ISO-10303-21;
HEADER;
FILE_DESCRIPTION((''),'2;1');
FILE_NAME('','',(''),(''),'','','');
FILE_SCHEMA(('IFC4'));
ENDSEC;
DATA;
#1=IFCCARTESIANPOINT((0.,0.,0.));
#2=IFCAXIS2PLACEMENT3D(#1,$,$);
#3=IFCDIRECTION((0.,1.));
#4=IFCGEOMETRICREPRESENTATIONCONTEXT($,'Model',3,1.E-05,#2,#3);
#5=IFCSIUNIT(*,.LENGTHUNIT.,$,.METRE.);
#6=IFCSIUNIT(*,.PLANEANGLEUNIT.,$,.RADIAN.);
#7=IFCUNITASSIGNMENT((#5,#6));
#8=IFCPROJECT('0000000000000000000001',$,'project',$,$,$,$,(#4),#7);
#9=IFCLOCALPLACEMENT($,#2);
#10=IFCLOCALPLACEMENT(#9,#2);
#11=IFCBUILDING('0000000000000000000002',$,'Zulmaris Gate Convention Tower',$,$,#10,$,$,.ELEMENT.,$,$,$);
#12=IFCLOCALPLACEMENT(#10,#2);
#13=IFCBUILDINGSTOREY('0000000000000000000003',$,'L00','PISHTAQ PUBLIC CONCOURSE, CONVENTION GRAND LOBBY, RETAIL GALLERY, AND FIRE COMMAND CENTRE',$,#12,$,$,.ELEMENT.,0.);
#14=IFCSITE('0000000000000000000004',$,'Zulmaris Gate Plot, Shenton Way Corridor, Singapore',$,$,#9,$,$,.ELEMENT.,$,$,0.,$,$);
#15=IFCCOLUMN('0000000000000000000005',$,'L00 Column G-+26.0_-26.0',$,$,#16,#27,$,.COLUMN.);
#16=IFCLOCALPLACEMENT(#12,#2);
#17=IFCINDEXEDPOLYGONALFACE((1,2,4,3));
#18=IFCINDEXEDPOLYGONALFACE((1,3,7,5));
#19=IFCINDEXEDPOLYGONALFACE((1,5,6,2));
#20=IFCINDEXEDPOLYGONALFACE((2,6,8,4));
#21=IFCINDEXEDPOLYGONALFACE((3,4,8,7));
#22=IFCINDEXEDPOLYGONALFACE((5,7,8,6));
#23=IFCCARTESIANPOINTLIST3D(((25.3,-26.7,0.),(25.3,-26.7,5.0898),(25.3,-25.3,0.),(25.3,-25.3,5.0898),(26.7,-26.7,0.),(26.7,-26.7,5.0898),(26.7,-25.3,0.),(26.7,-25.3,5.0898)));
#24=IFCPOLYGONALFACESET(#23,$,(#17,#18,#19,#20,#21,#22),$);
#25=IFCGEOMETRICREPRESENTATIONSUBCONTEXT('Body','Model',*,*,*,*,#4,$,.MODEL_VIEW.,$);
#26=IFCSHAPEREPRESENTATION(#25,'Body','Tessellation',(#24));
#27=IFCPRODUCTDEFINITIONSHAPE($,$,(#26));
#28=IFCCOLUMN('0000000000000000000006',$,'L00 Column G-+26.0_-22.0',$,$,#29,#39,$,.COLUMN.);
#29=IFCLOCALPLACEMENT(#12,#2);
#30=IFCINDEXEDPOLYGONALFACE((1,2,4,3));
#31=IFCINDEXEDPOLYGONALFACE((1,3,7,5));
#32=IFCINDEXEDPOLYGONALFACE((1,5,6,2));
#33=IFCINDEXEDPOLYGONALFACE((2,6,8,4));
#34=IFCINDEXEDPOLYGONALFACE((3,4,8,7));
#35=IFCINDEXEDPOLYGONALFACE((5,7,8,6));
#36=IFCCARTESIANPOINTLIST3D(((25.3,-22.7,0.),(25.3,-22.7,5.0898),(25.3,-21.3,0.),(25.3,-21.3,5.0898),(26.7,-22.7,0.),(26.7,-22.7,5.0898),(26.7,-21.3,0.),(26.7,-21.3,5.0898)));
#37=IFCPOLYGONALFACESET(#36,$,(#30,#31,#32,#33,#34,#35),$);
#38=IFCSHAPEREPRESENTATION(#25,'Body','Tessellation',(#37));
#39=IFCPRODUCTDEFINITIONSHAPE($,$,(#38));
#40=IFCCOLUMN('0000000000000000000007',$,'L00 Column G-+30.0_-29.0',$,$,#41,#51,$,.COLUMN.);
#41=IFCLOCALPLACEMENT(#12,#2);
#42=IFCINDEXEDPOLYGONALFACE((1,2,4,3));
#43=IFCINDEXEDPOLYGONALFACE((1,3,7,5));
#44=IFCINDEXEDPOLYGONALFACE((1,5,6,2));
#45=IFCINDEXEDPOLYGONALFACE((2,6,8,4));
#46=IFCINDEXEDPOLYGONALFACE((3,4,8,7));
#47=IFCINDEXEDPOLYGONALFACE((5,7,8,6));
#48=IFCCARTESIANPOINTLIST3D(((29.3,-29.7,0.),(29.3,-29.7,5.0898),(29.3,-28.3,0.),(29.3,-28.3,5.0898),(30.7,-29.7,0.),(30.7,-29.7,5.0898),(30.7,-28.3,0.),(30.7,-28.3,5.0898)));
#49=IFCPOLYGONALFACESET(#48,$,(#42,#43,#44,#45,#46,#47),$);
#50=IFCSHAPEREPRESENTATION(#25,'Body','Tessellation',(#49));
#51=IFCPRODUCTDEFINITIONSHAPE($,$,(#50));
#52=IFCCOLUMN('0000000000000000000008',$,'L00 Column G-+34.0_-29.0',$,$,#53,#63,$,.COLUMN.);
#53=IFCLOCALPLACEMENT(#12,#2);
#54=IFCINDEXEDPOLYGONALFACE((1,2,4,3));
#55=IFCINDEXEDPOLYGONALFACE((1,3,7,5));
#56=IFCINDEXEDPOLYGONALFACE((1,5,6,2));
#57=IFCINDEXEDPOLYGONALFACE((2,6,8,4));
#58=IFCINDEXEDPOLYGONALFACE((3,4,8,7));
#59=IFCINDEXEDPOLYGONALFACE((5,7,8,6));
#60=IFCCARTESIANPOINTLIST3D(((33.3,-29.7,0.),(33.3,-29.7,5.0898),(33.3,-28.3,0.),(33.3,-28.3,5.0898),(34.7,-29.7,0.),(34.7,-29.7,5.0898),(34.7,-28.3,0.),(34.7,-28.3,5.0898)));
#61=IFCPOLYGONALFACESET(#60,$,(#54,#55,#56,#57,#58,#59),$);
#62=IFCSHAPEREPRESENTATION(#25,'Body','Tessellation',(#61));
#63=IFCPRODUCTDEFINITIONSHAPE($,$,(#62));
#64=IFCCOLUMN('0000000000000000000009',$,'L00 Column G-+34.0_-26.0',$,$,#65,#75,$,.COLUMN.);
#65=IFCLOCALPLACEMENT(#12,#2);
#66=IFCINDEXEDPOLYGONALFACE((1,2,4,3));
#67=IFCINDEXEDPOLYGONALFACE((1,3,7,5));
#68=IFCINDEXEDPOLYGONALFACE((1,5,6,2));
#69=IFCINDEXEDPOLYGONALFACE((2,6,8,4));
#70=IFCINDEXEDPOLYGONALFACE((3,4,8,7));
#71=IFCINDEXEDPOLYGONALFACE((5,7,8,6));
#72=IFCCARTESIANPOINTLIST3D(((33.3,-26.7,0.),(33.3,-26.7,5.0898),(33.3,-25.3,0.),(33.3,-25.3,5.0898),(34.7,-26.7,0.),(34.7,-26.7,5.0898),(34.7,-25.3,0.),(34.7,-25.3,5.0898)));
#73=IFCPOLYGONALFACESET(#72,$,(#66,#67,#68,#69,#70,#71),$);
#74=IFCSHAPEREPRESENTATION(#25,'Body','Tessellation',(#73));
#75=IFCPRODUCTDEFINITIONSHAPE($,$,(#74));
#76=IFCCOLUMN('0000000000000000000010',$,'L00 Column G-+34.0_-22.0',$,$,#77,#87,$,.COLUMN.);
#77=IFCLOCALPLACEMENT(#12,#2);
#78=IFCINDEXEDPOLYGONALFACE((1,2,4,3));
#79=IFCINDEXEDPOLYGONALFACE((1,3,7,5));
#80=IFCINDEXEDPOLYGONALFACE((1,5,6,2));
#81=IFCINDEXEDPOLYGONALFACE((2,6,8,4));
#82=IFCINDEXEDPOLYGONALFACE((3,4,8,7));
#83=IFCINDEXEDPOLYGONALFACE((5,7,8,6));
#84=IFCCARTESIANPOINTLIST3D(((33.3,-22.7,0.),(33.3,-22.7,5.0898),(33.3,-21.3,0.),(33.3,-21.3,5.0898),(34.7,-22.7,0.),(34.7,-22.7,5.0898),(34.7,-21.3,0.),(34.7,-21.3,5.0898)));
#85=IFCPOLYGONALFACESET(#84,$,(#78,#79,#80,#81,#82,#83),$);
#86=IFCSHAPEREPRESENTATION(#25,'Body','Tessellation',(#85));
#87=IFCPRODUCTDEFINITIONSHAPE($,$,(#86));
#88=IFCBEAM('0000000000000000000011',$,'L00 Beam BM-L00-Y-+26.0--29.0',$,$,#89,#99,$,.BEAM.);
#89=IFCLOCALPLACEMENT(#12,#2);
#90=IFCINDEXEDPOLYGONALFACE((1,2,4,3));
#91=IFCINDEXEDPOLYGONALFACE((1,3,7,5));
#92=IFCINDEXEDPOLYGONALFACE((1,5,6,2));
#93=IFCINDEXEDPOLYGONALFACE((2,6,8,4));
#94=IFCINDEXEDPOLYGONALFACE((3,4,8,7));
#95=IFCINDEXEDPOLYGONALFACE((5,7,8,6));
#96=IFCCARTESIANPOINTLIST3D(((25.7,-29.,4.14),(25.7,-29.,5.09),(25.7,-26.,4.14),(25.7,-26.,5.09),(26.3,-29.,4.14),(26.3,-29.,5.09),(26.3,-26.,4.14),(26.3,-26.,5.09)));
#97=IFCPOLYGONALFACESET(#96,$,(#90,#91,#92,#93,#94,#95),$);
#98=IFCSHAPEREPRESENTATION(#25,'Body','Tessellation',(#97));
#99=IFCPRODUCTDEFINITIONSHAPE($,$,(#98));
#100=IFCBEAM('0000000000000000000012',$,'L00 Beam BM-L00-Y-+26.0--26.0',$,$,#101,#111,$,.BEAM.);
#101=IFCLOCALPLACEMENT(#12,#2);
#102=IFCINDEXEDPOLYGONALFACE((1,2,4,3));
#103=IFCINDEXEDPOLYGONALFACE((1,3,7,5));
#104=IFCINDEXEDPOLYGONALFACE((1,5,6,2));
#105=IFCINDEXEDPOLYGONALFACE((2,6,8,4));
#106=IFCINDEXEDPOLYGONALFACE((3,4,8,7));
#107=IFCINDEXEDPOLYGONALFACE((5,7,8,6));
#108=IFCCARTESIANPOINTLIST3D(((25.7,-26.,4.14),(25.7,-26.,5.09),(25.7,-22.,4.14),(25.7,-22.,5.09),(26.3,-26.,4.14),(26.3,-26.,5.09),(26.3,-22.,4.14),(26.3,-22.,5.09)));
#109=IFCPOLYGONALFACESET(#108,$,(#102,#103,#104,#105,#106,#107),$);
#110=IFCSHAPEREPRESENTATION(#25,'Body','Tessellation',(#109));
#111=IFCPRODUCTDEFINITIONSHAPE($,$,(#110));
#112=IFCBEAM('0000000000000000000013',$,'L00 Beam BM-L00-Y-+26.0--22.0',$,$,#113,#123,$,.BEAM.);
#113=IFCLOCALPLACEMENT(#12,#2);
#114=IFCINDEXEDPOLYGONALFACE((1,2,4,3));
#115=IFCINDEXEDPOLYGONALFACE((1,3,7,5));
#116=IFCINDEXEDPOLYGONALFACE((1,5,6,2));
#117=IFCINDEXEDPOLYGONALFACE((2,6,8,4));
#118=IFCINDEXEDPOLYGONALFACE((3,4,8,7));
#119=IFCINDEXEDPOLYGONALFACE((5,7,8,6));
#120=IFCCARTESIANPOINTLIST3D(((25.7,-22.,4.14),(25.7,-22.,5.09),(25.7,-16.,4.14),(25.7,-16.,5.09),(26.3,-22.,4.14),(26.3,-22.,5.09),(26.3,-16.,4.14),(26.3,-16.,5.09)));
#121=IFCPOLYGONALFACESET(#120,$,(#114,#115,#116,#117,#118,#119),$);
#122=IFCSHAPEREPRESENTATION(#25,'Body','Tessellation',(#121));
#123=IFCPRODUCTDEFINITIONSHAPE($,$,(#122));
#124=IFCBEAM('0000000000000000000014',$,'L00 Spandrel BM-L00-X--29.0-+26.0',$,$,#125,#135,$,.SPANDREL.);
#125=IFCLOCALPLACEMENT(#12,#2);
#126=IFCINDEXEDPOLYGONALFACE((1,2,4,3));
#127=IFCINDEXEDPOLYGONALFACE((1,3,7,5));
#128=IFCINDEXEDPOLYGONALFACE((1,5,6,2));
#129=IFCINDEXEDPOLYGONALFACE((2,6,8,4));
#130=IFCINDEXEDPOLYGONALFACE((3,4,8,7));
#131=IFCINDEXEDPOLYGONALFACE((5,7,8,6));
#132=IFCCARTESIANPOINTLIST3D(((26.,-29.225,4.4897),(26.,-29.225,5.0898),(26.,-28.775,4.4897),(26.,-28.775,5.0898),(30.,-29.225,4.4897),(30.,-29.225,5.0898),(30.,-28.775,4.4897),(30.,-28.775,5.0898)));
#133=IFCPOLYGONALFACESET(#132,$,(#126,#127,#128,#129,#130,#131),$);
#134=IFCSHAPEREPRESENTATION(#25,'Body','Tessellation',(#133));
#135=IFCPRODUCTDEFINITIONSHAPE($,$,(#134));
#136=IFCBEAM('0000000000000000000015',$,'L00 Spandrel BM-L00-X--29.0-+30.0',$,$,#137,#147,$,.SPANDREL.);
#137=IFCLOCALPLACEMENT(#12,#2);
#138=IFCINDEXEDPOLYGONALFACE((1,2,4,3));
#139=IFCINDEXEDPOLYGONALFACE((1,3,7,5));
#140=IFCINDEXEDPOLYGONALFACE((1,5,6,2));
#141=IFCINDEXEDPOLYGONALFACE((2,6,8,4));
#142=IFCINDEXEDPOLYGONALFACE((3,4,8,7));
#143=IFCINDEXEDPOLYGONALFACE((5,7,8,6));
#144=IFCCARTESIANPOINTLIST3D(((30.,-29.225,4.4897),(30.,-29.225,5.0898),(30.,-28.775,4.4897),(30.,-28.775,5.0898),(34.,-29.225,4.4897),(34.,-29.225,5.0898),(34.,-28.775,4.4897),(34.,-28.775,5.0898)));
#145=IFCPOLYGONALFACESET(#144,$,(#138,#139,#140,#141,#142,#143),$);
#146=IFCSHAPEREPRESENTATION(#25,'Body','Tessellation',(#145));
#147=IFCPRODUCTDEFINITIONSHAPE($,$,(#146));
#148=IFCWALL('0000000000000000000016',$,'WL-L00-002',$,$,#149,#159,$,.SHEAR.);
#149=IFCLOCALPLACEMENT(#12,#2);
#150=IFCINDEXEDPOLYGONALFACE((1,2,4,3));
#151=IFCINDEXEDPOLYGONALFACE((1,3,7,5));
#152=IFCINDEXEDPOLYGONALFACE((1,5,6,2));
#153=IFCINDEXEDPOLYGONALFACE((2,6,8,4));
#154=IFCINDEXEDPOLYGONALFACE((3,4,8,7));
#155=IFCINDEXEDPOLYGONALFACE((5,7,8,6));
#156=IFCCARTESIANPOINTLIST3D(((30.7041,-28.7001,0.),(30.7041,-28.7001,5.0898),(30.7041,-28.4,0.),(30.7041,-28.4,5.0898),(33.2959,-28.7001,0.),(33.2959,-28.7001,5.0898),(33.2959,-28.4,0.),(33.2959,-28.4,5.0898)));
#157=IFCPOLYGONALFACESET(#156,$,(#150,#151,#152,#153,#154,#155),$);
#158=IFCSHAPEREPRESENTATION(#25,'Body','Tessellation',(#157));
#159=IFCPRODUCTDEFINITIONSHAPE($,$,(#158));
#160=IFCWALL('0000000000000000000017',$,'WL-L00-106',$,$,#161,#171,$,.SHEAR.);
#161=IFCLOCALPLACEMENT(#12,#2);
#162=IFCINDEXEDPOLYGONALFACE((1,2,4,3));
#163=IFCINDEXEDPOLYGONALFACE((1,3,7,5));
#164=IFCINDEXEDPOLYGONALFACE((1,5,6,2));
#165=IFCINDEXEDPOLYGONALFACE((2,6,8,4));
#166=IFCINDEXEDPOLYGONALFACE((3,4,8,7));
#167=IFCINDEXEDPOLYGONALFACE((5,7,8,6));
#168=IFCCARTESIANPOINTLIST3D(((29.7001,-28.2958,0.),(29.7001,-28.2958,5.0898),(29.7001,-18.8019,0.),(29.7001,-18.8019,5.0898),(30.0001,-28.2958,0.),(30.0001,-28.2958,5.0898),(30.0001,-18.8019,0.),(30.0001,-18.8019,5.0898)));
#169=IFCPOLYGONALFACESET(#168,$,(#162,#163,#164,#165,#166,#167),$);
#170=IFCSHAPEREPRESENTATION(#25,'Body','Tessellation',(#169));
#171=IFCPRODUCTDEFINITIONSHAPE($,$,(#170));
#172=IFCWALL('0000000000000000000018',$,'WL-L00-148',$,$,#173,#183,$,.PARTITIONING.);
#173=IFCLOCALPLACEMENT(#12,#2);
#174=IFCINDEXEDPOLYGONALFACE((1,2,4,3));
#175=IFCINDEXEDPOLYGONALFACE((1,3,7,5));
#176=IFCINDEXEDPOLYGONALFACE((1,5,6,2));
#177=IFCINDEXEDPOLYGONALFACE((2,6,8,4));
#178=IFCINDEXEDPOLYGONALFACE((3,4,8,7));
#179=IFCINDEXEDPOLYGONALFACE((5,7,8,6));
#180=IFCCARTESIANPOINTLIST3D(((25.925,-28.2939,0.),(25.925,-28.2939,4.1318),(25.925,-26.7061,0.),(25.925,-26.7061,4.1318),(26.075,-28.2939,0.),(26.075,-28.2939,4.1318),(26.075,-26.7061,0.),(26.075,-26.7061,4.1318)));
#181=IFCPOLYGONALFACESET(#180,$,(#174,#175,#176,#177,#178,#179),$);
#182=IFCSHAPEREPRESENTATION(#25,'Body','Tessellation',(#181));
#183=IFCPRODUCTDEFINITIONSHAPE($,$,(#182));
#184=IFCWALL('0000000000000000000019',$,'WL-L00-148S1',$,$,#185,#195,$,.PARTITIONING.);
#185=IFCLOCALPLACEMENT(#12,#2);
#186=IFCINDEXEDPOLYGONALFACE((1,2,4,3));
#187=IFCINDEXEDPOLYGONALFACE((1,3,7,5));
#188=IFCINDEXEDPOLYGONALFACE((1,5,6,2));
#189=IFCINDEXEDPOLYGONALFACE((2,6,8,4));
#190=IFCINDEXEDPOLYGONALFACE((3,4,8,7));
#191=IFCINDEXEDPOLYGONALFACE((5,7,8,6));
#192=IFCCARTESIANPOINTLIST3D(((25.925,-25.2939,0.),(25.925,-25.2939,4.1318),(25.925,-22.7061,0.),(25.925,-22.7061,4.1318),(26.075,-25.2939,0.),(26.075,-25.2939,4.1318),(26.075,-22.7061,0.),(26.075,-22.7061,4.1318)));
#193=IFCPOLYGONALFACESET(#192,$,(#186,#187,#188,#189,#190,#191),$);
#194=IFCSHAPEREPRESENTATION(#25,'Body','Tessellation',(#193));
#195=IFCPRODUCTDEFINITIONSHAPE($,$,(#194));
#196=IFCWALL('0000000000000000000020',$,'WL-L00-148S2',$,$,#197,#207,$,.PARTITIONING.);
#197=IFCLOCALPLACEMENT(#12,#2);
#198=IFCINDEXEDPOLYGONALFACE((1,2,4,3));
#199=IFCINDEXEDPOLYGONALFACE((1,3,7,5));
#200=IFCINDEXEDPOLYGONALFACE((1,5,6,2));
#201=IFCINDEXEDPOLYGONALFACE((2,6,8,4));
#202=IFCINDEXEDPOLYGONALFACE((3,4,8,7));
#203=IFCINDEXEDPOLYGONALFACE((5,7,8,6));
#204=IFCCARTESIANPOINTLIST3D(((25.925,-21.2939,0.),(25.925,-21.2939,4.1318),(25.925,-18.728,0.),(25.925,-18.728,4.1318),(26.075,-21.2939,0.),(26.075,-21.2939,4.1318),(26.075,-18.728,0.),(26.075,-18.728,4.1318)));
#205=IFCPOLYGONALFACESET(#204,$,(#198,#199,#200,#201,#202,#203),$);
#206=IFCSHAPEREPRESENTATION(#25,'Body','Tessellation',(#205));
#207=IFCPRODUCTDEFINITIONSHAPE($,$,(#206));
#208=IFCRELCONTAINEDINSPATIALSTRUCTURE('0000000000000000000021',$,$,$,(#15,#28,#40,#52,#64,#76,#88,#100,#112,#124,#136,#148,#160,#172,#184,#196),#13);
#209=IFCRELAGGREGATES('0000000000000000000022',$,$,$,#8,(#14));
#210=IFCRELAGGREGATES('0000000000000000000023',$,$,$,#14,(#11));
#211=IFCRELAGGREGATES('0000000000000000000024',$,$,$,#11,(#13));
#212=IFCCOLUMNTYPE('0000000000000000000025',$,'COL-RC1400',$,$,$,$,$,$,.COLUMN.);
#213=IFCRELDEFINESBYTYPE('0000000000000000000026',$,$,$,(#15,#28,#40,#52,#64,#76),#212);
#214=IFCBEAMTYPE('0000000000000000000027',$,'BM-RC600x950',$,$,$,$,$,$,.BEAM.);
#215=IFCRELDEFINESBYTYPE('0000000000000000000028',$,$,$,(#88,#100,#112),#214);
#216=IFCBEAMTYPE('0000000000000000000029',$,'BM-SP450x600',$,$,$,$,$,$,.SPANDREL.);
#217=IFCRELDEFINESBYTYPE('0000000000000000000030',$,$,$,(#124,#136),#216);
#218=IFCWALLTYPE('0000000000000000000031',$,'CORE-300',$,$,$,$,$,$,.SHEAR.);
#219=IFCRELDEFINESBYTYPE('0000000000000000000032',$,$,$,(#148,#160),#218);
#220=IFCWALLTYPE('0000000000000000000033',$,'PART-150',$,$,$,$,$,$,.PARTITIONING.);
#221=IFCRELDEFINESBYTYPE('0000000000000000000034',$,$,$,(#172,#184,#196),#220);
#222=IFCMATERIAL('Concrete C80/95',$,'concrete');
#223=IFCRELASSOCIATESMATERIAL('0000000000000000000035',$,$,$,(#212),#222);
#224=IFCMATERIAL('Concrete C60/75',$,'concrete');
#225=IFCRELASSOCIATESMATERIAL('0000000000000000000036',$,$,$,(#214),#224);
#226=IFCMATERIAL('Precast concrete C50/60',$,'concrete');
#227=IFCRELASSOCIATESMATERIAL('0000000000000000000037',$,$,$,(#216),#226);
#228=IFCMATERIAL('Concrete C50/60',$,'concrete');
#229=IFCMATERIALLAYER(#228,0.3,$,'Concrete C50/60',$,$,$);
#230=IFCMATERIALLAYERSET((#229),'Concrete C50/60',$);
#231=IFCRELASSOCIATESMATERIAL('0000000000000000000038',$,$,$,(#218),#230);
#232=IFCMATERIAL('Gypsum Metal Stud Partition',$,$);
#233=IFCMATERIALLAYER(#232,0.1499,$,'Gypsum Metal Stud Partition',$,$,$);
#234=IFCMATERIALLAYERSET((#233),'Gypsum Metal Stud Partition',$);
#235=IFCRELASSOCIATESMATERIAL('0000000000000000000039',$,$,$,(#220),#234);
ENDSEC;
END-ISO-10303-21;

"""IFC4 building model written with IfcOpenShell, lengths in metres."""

from ifc_helpers import new_model, si_unit, direction, frame, frame_2d, origin, origin_2d, place, context, subcontext, project, spatial, rectangle, extrude, material, layer, layer_set, material_profile, profile_set, type_object, element, save


model = new_model("IFC4")

# Units and contexts
model_context = context("Model", 3, precision=1e-05, world=origin(), true_north=direction((0.0, 1.0)))
body_context = subcontext(model_context, "Body", "Model", "MODEL_VIEW")
ifc_project = project(units=[si_unit("LENGTHUNIT", "METRE"), si_unit("PLANEANGLEUNIT", "RADIAN")], contexts=[model_context])

# Site, building, storey
site_placement = place(None, origin())
site = spatial("IfcSite", under=ifc_project, at=site_placement, Name="Zulmaris Gate Plot, Shenton Way Corridor, Singapore", CompositionType="ELEMENT", RefElevation=0.0)
building_placement = place(site_placement, origin())
building = spatial("IfcBuilding", under=site, at=building_placement, Name="Zulmaris Gate Convention Tower", CompositionType="ELEMENT")
storey_placement = place(building_placement, origin())
storey = spatial("IfcBuildingStorey", under=building, at=storey_placement, Name="L00", Description="PISHTAQ PUBLIC CONCOURSE, CONVENTION GRAND LOBBY, RETAIL GALLERY, AND FIRE COMMAND CENTRE", CompositionType="ELEMENT", Elevation=0.0)

# Columns
ifc_material_1 = material(Name="Concrete C80/95", Category="concrete")
ifc_material_profile_1 = material_profile(ifc_material_1, rectangle(XDim=1.3999, YDim=1.3999, at=origin_2d()), Name="RC COL 1400x1400")
ifc_profile_set_1 = profile_set([ifc_material_profile_1], Name="Concrete C80/95")
column_type = type_object("IfcColumnType", Name="COL-RC1400", PredefinedType="COLUMN", material=ifc_profile_set_1)
for number, where, z_axis, x_axis, name in (
    (1, (26.0, -26.0, 0.0), (0.0, 0.0, 1.0), (1.0, 0.0, 0.0), "L00 Column G-+26.0_-26.0"),
    (2, (26.0, -22.0, 0.0), (0.0, 0.0, 1.0), (1.0, 0.0, 0.0), "L00 Column G-+26.0_-22.0"),
    (3, (30.0, -29.0, 0.0), (0.0, 0.0, 1.0), (1.0, 0.0, 0.0), "L00 Column G-+30.0_-29.0"),
    (4, (34.0, -29.0, 0.0), (0.0, 0.0, 1.0), (1.0, 0.0, 0.0), "L00 Column G-+34.0_-29.0"),
    (5, (34.0, -26.0, 0.0), (0.0, 0.0, 1.0), (1.0, 0.0, 0.0), "L00 Column G-+34.0_-26.0"),
    (6, (34.0, -22.0, 0.0), (0.0, 0.0, 1.0), (1.0, 0.0, 0.0), "L00 Column G-+34.0_-22.0"),
):
    element("IfcColumn", number, at=place(storey_placement, frame(where, z_axis=z_axis, x_axis=x_axis)), inside=storey, type_object=column_type, Name=name, PredefinedType="COLUMN", context=body_context, shape_type="SweptSolid", body=[
        extrude(rectangle(XDim=1.3999, YDim=1.3999, at=origin_2d()), origin(), (0.0, 0.0, 1.0), 5.0898),
    ])

# Beams
ifc_material_2 = material(Name="Concrete C60/75", Category="concrete")
ifc_material_profile_2 = material_profile(ifc_material_2, rectangle(XDim=0.6001, YDim=0.95, at=origin_2d()), Name="RC BEAM 600x950")
ifc_profile_set_2 = profile_set([ifc_material_profile_2], Name="Concrete C60/75")
beam_type_1 = type_object("IfcBeamType", Name="BM-RC600x950", PredefinedType="BEAM", material=ifc_profile_set_2)
beam_1_placement = place(storey_placement, frame((26.0, -29.0, 4.615), z_axis=(0.0, 1.0, 0.0), x_axis=(-1.0, 0.0, 0.0)))
element("IfcBeam", 7, at=beam_1_placement, inside=storey, type_object=beam_type_1, Name="L00 Beam BM-L00-Y-+26.0--29.0", PredefinedType="BEAM", context=body_context, shape_type="SweptSolid", body=[
    extrude(rectangle(XDim=0.6001, YDim=0.95, at=origin_2d()), origin(), (0.0, 0.0, 1.0), 3.0),
])
beam_2_placement = place(storey_placement, frame((26.0, -26.0, 4.615), z_axis=(0.0, 1.0, 0.0), x_axis=(-1.0, 0.0, 0.0)))
element("IfcBeam", 8, at=beam_2_placement, inside=storey, type_object=beam_type_1, Name="L00 Beam BM-L00-Y-+26.0--26.0", PredefinedType="BEAM", context=body_context, shape_type="SweptSolid", body=[
    extrude(rectangle(XDim=0.6001, YDim=0.95, at=origin_2d()), origin(), (0.0, 0.0, 1.0), 4.0),
])
beam_3_placement = place(storey_placement, frame((26.0, -22.0, 4.615), z_axis=(0.0, 1.0, 0.0), x_axis=(-1.0, 0.0, 0.0)))
element("IfcBeam", 9, at=beam_3_placement, inside=storey, type_object=beam_type_1, Name="L00 Beam BM-L00-Y-+26.0--22.0", PredefinedType="BEAM", context=body_context, shape_type="SweptSolid", body=[
    extrude(rectangle(XDim=0.6001, YDim=0.95, at=origin_2d()), origin(), (0.0, 0.0, 1.0), 6.0),
])
ifc_material_3 = material(Name="Precast concrete C50/60", Category="concrete")
ifc_material_profile_3 = material_profile(ifc_material_3, rectangle(XDim=0.45, YDim=0.6001, at=origin_2d()), Name="RC SPANDREL 450x600")
ifc_profile_set_3 = profile_set([ifc_material_profile_3], Name="Precast concrete C50/60")
beam_type_2 = type_object("IfcBeamType", Name="BM-SP450x600", PredefinedType="SPANDREL", material=ifc_profile_set_3)
for number, where, z_axis, x_axis, name in (
    (10, (26.0, -29.0, 4.7898), (1.0, 0.0, 0.0), (0.0, 1.0, 0.0), "L00 Spandrel BM-L00-X--29.0-+26.0"),
    (11, (30.0, -29.0, 4.7898), (1.0, 0.0, 0.0), (0.0, 1.0, 0.0), "L00 Spandrel BM-L00-X--29.0-+30.0"),
):
    element("IfcBeam", number, at=place(storey_placement, frame(where, z_axis=z_axis, x_axis=x_axis)), inside=storey, type_object=beam_type_2, Name=name, PredefinedType="SPANDREL", context=body_context, shape_type="SweptSolid", body=[
        extrude(rectangle(XDim=0.45, YDim=0.6001, at=origin_2d()), origin(), (0.0, 0.0, 1.0), 4.0),
    ])

# Walls
ifc_material_4 = material(Name="Concrete C50/60", Category="concrete")
ifc_layer_1 = layer(ifc_material_4, 0.3, Name="Concrete C50/60")
ifc_layer_set_1 = layer_set([ifc_layer_1], Name="Concrete C50/60")
wall_type_1 = type_object("IfcWallType", Name="CORE-300", PredefinedType="SHEAR", material=ifc_layer_set_1)
wall_1_placement = place(storey_placement, frame((30.7041, -28.55, 0.0), z_axis=(0.0, 0.0, 1.0), x_axis=(1.0, 0.0, 0.0)))
element("IfcWall", 12, at=wall_1_placement, inside=storey, type_object=wall_type_1, Name="WL-L00-002", PredefinedType="SHEAR", context=body_context, shape_type="SweptSolid", body=[
    extrude(rectangle(XDim=2.5918, YDim=0.3, at=frame_2d((1.2959, 0.0))), origin(), (0.0, 0.0, 1.0), 5.0898),
])
wall_2_placement = place(storey_placement, frame((29.8501, -28.2959, 0.0), z_axis=(0.0, 0.0, 1.0), x_axis=(0.0, 1.0, 0.0)))
element("IfcWall", 13, at=wall_2_placement, inside=storey, type_object=wall_type_1, Name="WL-L00-106", PredefinedType="SHEAR", context=body_context, shape_type="SweptSolid", body=[
    extrude(rectangle(XDim=9.4939, YDim=0.3, at=frame_2d((4.7471, 0.0))), origin(), (0.0, 0.0, 1.0), 5.0898),
])
ifc_material_5 = material(Name="Gypsum Metal Stud Partition")
ifc_layer_2 = layer(ifc_material_5, 0.1499, Name="Gypsum Metal Stud Partition")
ifc_layer_set_2 = layer_set([ifc_layer_2], Name="Gypsum Metal Stud Partition")
wall_type_2 = type_object("IfcWallType", Name="PART-150", PredefinedType="PARTITIONING", material=ifc_layer_set_2)
wall_3_placement = place(storey_placement, frame((26.0, -28.2939, 0.0), z_axis=(0.0, 0.0, 1.0), x_axis=(0.0, 1.0, 0.0)))
element("IfcWall", 14, at=wall_3_placement, inside=storey, type_object=wall_type_2, Name="WL-L00-148", PredefinedType="PARTITIONING", context=body_context, shape_type="SweptSolid", body=[
    extrude(rectangle(XDim=1.5879, YDim=0.1499, at=frame_2d((0.7939, 0.0))), origin(), (0.0, 0.0, 1.0), 4.1318),
])
wall_4_placement = place(storey_placement, frame((26.0, -25.2939, 0.0), z_axis=(0.0, 0.0, 1.0), x_axis=(0.0, 1.0, 0.0)))
element("IfcWall", 15, at=wall_4_placement, inside=storey, type_object=wall_type_2, Name="WL-L00-148S1", PredefinedType="PARTITIONING", context=body_context, shape_type="SweptSolid", body=[
    extrude(rectangle(XDim=2.5879, YDim=0.1499, at=frame_2d((1.2939, 0.0))), origin(), (0.0, 0.0, 1.0), 4.1318),
])
wall_5_placement = place(storey_placement, frame((26.0, -21.2939, 0.0), z_axis=(0.0, 0.0, 1.0), x_axis=(0.0, 1.0, 0.0)))
element("IfcWall", 16, at=wall_5_placement, inside=storey, type_object=wall_type_2, Name="WL-L00-148S2", PredefinedType="PARTITIONING", context=body_context, shape_type="SweptSolid", body=[
    extrude(rectangle(XDim=2.5659, YDim=0.1499, at=frame_2d((1.283, 0.0))), origin(), (0.0, 0.0, 1.0), 4.1318),
])

save(model, "model.ifc")
